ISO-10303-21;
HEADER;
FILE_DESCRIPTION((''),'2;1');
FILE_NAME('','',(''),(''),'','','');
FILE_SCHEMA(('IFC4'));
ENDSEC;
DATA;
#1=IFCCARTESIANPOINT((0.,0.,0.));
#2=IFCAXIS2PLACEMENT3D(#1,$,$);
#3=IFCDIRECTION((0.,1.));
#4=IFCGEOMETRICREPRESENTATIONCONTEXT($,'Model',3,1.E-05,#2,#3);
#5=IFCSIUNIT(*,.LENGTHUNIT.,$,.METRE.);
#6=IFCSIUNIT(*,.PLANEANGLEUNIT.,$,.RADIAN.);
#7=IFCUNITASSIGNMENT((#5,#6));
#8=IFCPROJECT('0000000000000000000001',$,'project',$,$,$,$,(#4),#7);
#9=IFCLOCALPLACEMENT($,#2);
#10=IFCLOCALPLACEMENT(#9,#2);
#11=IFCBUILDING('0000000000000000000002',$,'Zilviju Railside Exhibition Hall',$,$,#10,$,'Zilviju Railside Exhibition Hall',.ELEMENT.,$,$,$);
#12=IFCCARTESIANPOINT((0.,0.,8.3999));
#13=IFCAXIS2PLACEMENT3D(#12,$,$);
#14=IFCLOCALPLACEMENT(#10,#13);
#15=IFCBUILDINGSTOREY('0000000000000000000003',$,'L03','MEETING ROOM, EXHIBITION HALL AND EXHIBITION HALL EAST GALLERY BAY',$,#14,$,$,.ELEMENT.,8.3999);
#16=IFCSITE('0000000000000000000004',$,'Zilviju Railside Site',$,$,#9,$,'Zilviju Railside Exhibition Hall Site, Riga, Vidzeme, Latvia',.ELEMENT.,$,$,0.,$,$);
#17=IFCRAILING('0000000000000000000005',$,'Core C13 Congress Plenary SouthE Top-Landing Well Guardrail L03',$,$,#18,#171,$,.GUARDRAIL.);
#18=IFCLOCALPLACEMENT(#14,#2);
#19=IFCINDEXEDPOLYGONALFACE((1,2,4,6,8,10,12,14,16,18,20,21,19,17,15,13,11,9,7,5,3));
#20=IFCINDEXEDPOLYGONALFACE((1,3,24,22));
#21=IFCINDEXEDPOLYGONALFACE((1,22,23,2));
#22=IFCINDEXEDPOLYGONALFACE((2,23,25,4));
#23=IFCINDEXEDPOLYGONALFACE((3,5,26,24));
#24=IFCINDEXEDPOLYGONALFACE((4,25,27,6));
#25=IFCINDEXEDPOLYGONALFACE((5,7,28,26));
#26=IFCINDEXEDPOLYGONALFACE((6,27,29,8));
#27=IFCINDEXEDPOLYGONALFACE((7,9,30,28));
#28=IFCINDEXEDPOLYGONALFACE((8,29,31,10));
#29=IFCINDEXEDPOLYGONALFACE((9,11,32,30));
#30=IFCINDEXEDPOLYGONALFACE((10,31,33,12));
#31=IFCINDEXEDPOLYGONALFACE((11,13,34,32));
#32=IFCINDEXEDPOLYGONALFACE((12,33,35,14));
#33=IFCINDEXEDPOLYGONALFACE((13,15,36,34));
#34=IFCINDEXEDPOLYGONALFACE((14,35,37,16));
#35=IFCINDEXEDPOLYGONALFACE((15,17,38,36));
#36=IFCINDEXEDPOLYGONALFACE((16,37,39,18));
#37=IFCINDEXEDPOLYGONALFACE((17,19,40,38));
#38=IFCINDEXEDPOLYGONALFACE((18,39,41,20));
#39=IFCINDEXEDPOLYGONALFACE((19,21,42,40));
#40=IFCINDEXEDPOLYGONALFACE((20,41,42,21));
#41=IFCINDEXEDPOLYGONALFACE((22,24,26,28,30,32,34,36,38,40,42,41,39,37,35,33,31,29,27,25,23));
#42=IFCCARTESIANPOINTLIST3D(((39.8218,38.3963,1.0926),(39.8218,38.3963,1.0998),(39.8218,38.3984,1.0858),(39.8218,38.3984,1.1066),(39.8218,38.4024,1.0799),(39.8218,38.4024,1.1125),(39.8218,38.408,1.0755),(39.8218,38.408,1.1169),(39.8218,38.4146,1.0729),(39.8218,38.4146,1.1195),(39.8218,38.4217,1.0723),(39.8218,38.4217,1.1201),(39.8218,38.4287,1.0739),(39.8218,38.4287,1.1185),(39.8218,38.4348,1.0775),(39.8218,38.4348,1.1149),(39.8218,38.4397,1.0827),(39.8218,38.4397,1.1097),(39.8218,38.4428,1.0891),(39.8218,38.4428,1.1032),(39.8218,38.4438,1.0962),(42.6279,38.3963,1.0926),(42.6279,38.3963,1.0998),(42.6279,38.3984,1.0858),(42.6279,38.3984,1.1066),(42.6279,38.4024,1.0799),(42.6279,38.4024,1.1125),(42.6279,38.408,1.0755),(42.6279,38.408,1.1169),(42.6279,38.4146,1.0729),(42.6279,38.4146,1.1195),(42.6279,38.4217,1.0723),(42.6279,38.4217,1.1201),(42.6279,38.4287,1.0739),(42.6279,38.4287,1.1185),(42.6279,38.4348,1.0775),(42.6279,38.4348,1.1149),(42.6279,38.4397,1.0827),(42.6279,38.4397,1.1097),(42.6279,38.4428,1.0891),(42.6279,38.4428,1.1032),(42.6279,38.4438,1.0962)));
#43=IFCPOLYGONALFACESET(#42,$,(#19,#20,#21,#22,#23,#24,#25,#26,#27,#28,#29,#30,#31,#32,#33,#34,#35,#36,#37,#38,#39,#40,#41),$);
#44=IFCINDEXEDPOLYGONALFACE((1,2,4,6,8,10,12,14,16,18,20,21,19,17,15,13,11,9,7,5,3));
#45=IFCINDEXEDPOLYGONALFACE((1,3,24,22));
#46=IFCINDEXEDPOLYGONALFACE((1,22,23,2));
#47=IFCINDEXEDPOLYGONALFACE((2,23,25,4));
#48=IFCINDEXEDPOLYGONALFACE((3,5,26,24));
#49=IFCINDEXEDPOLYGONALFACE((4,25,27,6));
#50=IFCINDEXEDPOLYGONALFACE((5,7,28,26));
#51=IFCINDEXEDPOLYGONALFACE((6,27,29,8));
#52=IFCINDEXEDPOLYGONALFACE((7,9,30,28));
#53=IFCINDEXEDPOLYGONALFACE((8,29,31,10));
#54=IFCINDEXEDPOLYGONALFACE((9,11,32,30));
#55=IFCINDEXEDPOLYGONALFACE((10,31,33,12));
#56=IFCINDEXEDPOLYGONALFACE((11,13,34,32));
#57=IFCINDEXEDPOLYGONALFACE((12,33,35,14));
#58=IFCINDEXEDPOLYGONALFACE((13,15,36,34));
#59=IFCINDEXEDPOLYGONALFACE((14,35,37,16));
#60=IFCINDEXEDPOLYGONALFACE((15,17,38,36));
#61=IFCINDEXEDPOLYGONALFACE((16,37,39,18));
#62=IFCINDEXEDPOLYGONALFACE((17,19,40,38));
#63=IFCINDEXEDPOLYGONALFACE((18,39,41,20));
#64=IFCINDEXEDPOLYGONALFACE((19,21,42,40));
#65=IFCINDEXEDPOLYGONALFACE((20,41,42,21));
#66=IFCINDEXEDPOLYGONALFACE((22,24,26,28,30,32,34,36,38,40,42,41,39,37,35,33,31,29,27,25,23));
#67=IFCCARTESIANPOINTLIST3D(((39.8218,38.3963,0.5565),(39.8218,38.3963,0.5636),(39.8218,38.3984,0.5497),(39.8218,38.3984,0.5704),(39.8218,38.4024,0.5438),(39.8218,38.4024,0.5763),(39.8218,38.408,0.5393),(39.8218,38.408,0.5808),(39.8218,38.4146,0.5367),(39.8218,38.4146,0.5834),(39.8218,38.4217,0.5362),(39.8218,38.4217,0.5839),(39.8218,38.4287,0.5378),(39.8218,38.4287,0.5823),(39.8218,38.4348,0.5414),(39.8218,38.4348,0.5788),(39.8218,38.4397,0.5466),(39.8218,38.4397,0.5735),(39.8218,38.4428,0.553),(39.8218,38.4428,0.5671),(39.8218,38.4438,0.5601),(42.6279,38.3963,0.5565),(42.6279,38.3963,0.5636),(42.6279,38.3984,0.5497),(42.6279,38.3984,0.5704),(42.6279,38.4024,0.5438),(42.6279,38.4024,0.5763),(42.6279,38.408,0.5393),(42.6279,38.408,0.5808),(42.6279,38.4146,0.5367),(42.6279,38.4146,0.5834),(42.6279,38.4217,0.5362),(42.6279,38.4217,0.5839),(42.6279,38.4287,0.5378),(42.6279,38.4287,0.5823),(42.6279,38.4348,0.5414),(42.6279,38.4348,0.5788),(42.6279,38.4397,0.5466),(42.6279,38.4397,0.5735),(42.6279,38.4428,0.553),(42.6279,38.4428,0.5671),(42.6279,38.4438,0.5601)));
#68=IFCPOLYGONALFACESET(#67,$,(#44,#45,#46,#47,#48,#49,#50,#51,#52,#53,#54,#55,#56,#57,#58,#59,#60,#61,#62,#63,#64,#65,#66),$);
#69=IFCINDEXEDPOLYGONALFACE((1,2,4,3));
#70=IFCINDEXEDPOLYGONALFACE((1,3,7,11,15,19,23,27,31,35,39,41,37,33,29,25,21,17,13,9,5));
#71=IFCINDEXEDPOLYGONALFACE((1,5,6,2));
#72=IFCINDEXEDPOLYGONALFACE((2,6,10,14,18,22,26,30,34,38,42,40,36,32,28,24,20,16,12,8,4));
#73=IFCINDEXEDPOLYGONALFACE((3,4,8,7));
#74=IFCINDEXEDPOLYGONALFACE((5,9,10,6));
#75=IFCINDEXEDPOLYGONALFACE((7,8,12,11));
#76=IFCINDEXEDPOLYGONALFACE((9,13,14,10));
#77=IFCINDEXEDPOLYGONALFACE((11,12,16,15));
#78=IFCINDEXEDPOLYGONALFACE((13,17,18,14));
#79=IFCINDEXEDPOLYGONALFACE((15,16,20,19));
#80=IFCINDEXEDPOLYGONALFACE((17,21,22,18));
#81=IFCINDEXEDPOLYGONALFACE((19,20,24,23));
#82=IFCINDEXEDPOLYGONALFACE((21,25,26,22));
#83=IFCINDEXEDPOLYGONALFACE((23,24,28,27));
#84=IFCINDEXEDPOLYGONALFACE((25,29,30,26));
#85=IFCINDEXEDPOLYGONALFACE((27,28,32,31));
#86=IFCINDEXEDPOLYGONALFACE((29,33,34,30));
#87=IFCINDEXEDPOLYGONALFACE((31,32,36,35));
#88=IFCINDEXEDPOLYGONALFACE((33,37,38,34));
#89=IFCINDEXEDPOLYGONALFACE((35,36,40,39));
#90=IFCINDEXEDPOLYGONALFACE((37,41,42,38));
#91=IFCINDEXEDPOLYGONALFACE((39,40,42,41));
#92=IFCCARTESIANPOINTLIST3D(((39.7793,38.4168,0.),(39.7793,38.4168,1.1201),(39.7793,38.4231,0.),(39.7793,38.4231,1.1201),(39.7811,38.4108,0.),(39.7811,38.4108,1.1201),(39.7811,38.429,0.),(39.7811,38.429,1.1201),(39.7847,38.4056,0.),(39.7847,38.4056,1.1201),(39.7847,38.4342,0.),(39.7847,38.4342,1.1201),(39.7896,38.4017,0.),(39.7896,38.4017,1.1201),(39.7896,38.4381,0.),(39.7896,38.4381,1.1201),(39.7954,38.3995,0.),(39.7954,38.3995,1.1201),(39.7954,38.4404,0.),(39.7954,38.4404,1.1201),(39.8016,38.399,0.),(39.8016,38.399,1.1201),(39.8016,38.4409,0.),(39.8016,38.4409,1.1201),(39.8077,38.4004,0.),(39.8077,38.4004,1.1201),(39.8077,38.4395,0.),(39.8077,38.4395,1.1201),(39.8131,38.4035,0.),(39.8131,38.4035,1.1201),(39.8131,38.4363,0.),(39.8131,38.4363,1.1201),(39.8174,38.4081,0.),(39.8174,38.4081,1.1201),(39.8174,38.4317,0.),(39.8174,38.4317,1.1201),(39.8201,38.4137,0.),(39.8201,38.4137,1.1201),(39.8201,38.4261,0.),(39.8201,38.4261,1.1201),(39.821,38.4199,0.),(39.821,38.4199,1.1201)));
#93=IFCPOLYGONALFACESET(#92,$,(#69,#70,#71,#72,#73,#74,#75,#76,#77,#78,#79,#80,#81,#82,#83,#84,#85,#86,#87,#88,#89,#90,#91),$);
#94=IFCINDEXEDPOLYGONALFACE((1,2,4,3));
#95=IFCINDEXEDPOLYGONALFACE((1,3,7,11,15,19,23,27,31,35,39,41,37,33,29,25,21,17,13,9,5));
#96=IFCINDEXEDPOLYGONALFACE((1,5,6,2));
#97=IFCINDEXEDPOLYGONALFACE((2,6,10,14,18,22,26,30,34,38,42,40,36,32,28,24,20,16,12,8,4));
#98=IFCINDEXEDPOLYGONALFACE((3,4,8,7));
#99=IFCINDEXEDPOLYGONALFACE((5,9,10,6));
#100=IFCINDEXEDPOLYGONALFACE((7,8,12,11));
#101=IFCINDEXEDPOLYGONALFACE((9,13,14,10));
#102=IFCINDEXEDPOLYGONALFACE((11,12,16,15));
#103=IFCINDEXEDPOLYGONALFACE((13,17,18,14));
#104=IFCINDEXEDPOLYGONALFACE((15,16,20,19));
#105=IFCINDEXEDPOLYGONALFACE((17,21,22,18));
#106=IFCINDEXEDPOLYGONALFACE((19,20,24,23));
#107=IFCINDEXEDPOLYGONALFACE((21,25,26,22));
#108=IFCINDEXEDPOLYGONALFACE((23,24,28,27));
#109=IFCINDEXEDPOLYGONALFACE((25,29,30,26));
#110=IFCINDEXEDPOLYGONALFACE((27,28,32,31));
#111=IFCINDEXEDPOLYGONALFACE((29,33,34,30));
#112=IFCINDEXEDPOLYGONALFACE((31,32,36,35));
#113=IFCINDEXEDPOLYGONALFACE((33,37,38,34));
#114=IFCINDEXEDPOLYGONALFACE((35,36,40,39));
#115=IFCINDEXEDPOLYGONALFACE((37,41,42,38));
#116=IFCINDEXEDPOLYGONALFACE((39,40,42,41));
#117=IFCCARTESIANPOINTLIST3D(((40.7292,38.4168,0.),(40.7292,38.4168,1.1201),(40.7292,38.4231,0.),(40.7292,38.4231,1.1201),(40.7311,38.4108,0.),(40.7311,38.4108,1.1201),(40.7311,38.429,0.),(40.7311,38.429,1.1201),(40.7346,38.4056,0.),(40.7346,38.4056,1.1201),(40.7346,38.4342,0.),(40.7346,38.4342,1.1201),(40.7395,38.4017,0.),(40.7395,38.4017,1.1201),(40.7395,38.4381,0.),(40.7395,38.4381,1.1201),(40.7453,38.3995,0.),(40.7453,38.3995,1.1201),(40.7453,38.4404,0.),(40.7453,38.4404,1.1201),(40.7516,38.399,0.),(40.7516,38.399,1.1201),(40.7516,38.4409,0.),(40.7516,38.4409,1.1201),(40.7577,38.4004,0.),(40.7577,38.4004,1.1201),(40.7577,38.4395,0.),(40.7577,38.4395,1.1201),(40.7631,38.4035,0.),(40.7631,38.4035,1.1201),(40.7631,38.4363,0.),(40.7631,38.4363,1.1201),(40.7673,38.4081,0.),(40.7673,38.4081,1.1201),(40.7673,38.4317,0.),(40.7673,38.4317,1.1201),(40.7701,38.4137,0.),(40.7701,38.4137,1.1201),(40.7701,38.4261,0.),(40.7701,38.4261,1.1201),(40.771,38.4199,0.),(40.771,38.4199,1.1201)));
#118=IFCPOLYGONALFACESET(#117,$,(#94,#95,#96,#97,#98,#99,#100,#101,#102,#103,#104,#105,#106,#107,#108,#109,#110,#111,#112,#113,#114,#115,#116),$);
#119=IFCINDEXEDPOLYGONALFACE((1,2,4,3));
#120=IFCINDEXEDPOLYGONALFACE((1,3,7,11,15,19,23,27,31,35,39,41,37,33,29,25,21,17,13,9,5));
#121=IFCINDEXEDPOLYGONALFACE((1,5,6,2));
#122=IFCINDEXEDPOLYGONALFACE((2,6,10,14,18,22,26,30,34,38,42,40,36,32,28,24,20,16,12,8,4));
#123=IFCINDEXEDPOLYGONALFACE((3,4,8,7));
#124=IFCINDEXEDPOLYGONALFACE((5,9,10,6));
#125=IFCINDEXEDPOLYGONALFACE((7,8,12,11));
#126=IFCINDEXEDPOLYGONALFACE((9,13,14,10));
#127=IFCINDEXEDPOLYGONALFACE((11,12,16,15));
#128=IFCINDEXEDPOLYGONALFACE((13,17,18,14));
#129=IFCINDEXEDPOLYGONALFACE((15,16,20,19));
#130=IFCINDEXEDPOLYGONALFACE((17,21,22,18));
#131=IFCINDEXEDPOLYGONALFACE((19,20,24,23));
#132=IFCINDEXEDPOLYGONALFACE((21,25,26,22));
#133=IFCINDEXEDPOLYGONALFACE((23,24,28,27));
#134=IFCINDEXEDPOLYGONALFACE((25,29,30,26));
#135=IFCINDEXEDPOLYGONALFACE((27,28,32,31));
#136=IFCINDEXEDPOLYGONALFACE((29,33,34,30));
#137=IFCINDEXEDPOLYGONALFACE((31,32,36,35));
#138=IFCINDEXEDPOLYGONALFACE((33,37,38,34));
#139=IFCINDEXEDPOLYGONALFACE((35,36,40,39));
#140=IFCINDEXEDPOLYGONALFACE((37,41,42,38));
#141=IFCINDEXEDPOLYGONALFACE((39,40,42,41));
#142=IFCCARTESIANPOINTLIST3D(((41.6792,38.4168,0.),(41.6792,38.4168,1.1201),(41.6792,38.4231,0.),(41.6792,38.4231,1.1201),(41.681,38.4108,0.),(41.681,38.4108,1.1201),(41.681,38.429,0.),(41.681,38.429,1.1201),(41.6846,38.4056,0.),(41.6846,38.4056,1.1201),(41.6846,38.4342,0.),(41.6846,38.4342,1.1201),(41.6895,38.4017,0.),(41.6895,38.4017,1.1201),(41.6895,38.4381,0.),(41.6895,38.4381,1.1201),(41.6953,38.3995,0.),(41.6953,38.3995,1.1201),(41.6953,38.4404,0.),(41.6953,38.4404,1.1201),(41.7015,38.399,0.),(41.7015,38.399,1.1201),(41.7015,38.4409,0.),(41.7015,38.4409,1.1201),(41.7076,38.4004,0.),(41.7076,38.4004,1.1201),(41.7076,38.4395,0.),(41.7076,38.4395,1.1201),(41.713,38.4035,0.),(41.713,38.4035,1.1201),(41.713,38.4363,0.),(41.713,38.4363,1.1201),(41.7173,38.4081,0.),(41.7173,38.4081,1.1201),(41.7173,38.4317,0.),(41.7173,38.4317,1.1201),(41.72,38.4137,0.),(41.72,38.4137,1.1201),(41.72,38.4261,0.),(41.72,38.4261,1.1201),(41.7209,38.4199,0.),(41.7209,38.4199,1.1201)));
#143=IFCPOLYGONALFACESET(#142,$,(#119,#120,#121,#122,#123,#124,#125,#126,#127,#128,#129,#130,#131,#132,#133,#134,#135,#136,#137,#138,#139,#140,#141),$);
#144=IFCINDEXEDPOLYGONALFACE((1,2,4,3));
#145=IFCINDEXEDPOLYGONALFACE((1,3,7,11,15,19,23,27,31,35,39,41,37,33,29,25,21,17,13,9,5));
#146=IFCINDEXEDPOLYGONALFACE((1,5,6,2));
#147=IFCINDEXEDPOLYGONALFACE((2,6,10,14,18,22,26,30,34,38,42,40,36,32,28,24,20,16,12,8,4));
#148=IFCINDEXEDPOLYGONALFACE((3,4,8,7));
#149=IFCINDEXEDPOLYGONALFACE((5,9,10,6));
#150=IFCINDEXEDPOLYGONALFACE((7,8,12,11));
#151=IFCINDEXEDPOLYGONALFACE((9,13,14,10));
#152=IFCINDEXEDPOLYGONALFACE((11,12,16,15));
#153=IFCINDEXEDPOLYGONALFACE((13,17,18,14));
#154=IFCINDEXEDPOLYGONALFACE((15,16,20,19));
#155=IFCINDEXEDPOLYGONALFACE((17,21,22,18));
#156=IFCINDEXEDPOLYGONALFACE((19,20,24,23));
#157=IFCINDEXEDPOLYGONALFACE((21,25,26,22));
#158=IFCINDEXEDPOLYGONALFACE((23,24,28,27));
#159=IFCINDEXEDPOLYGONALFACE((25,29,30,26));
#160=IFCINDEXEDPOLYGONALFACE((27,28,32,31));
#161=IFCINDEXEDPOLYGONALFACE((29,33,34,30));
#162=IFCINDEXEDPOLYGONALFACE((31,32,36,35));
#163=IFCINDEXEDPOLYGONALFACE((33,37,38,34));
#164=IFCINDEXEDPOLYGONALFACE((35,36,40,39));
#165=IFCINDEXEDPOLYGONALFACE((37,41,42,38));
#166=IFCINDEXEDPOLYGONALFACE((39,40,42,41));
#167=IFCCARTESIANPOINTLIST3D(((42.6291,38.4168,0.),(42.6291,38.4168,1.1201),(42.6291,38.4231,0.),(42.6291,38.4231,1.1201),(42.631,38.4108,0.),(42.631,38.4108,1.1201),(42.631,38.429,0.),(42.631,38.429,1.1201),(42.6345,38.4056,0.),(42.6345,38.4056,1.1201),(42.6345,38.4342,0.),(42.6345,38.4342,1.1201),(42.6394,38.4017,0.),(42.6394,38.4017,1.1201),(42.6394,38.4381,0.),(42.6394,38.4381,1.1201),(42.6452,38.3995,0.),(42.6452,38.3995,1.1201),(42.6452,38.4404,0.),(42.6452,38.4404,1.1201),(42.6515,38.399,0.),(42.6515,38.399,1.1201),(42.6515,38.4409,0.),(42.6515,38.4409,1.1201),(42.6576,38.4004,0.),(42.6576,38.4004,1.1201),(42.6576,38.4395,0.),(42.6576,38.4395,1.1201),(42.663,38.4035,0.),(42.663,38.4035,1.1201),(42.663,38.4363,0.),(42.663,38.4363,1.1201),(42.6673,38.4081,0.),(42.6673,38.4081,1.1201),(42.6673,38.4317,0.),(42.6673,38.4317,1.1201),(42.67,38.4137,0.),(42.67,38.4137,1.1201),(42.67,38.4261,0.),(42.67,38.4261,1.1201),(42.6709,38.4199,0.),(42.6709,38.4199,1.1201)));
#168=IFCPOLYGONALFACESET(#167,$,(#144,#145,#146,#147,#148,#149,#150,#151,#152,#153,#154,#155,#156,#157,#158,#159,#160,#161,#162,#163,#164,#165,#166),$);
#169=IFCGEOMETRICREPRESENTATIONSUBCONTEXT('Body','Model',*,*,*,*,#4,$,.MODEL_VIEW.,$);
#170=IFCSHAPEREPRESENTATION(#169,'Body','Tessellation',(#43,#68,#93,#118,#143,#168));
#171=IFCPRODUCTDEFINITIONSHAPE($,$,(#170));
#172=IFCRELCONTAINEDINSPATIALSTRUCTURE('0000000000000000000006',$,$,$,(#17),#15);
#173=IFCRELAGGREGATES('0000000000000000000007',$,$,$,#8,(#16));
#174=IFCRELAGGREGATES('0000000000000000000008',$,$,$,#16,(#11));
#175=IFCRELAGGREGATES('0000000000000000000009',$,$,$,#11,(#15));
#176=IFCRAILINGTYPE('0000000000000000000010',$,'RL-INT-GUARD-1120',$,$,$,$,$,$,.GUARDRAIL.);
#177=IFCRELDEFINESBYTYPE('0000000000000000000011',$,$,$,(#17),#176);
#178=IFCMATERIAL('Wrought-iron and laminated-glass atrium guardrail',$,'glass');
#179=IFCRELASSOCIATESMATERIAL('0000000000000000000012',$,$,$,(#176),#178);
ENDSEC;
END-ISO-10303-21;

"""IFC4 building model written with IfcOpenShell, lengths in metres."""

from ifc_helpers import new_model, si_unit, direction, frame, origin, origin_2d, place, context, subcontext, project, spatial, circle, extrude, material, type_object, element, save


model = new_model("IFC4")

# Units and contexts
model_context = context("Model", 3, precision=1e-05, world=origin(), true_north=direction((0.0, 1.0)))
body_context = subcontext(model_context, "Body", "Model", "MODEL_VIEW")
ifc_project = project(units=[si_unit("LENGTHUNIT", "METRE"), si_unit("PLANEANGLEUNIT", "RADIAN")], contexts=[model_context])

# Site, building, storey
site_placement = place(None, origin())
site = spatial("IfcSite", under=ifc_project, at=site_placement, Name="Zilviju Railside Site", LongName="Zilviju Railside Exhibition Hall Site, Riga, Vidzeme, Latvia", CompositionType="ELEMENT", RefElevation=0.0)
building_placement = place(site_placement, origin())
building = spatial("IfcBuilding", under=site, at=building_placement, Name="Zilviju Railside Exhibition Hall", LongName="Zilviju Railside Exhibition Hall", CompositionType="ELEMENT")
storey_placement = place(building_placement, frame((0.0, 0.0, 8.3999)))
storey = spatial("IfcBuildingStorey", under=building, at=storey_placement, Name="L03", Description="MEETING ROOM, EXHIBITION HALL AND EXHIBITION HALL EAST GALLERY BAY", CompositionType="ELEMENT", Elevation=8.3999)

# Railing
ifc_material_1 = material(Name="Wrought-iron and laminated-glass atrium guardrail", Category="glass")
railing_type = type_object("IfcRailingType", Name="RL-INT-GUARD-1120", PredefinedType="GUARDRAIL", material=ifc_material_1)
railing_placement = place(storey_placement, frame((39.8, 38.4199, 0.0)))
element("IfcRailing", 1, at=railing_placement, inside=storey, type_object=railing_type, Name="Core C13 Congress Plenary SouthE Top-Landing Well Guardrail L03", PredefinedType="GUARDRAIL", context=body_context, shape_type="SweptSolid", body=[
    extrude(circle(Radius=0.0239, at=origin_2d()), frame((0.0217, 0.0, 1.0962), z_axis=(1.0, 0.0, 0.0), x_axis=(0.0, 1.0, 0.0)), (0.0, 0.0, 1.0), 2.8062),
    extrude(circle(Radius=0.0239, at=origin_2d()), frame((0.0217, 0.0, 0.5601), z_axis=(1.0, 0.0, 0.0), x_axis=(0.0, 1.0, 0.0)), (0.0, 0.0, 1.0), 2.8062),
    extrude(circle(Radius=0.021, at=origin_2d()), origin(), (0.0, 0.0, 1.0), 1.1201),
    extrude(circle(Radius=0.021, at=origin_2d()), frame((0.95, 0.0, 0.0)), (0.0, 0.0, 1.0), 1.1201),
    extrude(circle(Radius=0.021, at=origin_2d()), frame((1.8999, 0.0, 0.0)), (0.0, 0.0, 1.0), 1.1201),
    extrude(circle(Radius=0.021, at=origin_2d()), frame((2.8499, 0.0, 0.0)), (0.0, 0.0, 1.0), 1.1201),
])

save(model, "model.ifc")
